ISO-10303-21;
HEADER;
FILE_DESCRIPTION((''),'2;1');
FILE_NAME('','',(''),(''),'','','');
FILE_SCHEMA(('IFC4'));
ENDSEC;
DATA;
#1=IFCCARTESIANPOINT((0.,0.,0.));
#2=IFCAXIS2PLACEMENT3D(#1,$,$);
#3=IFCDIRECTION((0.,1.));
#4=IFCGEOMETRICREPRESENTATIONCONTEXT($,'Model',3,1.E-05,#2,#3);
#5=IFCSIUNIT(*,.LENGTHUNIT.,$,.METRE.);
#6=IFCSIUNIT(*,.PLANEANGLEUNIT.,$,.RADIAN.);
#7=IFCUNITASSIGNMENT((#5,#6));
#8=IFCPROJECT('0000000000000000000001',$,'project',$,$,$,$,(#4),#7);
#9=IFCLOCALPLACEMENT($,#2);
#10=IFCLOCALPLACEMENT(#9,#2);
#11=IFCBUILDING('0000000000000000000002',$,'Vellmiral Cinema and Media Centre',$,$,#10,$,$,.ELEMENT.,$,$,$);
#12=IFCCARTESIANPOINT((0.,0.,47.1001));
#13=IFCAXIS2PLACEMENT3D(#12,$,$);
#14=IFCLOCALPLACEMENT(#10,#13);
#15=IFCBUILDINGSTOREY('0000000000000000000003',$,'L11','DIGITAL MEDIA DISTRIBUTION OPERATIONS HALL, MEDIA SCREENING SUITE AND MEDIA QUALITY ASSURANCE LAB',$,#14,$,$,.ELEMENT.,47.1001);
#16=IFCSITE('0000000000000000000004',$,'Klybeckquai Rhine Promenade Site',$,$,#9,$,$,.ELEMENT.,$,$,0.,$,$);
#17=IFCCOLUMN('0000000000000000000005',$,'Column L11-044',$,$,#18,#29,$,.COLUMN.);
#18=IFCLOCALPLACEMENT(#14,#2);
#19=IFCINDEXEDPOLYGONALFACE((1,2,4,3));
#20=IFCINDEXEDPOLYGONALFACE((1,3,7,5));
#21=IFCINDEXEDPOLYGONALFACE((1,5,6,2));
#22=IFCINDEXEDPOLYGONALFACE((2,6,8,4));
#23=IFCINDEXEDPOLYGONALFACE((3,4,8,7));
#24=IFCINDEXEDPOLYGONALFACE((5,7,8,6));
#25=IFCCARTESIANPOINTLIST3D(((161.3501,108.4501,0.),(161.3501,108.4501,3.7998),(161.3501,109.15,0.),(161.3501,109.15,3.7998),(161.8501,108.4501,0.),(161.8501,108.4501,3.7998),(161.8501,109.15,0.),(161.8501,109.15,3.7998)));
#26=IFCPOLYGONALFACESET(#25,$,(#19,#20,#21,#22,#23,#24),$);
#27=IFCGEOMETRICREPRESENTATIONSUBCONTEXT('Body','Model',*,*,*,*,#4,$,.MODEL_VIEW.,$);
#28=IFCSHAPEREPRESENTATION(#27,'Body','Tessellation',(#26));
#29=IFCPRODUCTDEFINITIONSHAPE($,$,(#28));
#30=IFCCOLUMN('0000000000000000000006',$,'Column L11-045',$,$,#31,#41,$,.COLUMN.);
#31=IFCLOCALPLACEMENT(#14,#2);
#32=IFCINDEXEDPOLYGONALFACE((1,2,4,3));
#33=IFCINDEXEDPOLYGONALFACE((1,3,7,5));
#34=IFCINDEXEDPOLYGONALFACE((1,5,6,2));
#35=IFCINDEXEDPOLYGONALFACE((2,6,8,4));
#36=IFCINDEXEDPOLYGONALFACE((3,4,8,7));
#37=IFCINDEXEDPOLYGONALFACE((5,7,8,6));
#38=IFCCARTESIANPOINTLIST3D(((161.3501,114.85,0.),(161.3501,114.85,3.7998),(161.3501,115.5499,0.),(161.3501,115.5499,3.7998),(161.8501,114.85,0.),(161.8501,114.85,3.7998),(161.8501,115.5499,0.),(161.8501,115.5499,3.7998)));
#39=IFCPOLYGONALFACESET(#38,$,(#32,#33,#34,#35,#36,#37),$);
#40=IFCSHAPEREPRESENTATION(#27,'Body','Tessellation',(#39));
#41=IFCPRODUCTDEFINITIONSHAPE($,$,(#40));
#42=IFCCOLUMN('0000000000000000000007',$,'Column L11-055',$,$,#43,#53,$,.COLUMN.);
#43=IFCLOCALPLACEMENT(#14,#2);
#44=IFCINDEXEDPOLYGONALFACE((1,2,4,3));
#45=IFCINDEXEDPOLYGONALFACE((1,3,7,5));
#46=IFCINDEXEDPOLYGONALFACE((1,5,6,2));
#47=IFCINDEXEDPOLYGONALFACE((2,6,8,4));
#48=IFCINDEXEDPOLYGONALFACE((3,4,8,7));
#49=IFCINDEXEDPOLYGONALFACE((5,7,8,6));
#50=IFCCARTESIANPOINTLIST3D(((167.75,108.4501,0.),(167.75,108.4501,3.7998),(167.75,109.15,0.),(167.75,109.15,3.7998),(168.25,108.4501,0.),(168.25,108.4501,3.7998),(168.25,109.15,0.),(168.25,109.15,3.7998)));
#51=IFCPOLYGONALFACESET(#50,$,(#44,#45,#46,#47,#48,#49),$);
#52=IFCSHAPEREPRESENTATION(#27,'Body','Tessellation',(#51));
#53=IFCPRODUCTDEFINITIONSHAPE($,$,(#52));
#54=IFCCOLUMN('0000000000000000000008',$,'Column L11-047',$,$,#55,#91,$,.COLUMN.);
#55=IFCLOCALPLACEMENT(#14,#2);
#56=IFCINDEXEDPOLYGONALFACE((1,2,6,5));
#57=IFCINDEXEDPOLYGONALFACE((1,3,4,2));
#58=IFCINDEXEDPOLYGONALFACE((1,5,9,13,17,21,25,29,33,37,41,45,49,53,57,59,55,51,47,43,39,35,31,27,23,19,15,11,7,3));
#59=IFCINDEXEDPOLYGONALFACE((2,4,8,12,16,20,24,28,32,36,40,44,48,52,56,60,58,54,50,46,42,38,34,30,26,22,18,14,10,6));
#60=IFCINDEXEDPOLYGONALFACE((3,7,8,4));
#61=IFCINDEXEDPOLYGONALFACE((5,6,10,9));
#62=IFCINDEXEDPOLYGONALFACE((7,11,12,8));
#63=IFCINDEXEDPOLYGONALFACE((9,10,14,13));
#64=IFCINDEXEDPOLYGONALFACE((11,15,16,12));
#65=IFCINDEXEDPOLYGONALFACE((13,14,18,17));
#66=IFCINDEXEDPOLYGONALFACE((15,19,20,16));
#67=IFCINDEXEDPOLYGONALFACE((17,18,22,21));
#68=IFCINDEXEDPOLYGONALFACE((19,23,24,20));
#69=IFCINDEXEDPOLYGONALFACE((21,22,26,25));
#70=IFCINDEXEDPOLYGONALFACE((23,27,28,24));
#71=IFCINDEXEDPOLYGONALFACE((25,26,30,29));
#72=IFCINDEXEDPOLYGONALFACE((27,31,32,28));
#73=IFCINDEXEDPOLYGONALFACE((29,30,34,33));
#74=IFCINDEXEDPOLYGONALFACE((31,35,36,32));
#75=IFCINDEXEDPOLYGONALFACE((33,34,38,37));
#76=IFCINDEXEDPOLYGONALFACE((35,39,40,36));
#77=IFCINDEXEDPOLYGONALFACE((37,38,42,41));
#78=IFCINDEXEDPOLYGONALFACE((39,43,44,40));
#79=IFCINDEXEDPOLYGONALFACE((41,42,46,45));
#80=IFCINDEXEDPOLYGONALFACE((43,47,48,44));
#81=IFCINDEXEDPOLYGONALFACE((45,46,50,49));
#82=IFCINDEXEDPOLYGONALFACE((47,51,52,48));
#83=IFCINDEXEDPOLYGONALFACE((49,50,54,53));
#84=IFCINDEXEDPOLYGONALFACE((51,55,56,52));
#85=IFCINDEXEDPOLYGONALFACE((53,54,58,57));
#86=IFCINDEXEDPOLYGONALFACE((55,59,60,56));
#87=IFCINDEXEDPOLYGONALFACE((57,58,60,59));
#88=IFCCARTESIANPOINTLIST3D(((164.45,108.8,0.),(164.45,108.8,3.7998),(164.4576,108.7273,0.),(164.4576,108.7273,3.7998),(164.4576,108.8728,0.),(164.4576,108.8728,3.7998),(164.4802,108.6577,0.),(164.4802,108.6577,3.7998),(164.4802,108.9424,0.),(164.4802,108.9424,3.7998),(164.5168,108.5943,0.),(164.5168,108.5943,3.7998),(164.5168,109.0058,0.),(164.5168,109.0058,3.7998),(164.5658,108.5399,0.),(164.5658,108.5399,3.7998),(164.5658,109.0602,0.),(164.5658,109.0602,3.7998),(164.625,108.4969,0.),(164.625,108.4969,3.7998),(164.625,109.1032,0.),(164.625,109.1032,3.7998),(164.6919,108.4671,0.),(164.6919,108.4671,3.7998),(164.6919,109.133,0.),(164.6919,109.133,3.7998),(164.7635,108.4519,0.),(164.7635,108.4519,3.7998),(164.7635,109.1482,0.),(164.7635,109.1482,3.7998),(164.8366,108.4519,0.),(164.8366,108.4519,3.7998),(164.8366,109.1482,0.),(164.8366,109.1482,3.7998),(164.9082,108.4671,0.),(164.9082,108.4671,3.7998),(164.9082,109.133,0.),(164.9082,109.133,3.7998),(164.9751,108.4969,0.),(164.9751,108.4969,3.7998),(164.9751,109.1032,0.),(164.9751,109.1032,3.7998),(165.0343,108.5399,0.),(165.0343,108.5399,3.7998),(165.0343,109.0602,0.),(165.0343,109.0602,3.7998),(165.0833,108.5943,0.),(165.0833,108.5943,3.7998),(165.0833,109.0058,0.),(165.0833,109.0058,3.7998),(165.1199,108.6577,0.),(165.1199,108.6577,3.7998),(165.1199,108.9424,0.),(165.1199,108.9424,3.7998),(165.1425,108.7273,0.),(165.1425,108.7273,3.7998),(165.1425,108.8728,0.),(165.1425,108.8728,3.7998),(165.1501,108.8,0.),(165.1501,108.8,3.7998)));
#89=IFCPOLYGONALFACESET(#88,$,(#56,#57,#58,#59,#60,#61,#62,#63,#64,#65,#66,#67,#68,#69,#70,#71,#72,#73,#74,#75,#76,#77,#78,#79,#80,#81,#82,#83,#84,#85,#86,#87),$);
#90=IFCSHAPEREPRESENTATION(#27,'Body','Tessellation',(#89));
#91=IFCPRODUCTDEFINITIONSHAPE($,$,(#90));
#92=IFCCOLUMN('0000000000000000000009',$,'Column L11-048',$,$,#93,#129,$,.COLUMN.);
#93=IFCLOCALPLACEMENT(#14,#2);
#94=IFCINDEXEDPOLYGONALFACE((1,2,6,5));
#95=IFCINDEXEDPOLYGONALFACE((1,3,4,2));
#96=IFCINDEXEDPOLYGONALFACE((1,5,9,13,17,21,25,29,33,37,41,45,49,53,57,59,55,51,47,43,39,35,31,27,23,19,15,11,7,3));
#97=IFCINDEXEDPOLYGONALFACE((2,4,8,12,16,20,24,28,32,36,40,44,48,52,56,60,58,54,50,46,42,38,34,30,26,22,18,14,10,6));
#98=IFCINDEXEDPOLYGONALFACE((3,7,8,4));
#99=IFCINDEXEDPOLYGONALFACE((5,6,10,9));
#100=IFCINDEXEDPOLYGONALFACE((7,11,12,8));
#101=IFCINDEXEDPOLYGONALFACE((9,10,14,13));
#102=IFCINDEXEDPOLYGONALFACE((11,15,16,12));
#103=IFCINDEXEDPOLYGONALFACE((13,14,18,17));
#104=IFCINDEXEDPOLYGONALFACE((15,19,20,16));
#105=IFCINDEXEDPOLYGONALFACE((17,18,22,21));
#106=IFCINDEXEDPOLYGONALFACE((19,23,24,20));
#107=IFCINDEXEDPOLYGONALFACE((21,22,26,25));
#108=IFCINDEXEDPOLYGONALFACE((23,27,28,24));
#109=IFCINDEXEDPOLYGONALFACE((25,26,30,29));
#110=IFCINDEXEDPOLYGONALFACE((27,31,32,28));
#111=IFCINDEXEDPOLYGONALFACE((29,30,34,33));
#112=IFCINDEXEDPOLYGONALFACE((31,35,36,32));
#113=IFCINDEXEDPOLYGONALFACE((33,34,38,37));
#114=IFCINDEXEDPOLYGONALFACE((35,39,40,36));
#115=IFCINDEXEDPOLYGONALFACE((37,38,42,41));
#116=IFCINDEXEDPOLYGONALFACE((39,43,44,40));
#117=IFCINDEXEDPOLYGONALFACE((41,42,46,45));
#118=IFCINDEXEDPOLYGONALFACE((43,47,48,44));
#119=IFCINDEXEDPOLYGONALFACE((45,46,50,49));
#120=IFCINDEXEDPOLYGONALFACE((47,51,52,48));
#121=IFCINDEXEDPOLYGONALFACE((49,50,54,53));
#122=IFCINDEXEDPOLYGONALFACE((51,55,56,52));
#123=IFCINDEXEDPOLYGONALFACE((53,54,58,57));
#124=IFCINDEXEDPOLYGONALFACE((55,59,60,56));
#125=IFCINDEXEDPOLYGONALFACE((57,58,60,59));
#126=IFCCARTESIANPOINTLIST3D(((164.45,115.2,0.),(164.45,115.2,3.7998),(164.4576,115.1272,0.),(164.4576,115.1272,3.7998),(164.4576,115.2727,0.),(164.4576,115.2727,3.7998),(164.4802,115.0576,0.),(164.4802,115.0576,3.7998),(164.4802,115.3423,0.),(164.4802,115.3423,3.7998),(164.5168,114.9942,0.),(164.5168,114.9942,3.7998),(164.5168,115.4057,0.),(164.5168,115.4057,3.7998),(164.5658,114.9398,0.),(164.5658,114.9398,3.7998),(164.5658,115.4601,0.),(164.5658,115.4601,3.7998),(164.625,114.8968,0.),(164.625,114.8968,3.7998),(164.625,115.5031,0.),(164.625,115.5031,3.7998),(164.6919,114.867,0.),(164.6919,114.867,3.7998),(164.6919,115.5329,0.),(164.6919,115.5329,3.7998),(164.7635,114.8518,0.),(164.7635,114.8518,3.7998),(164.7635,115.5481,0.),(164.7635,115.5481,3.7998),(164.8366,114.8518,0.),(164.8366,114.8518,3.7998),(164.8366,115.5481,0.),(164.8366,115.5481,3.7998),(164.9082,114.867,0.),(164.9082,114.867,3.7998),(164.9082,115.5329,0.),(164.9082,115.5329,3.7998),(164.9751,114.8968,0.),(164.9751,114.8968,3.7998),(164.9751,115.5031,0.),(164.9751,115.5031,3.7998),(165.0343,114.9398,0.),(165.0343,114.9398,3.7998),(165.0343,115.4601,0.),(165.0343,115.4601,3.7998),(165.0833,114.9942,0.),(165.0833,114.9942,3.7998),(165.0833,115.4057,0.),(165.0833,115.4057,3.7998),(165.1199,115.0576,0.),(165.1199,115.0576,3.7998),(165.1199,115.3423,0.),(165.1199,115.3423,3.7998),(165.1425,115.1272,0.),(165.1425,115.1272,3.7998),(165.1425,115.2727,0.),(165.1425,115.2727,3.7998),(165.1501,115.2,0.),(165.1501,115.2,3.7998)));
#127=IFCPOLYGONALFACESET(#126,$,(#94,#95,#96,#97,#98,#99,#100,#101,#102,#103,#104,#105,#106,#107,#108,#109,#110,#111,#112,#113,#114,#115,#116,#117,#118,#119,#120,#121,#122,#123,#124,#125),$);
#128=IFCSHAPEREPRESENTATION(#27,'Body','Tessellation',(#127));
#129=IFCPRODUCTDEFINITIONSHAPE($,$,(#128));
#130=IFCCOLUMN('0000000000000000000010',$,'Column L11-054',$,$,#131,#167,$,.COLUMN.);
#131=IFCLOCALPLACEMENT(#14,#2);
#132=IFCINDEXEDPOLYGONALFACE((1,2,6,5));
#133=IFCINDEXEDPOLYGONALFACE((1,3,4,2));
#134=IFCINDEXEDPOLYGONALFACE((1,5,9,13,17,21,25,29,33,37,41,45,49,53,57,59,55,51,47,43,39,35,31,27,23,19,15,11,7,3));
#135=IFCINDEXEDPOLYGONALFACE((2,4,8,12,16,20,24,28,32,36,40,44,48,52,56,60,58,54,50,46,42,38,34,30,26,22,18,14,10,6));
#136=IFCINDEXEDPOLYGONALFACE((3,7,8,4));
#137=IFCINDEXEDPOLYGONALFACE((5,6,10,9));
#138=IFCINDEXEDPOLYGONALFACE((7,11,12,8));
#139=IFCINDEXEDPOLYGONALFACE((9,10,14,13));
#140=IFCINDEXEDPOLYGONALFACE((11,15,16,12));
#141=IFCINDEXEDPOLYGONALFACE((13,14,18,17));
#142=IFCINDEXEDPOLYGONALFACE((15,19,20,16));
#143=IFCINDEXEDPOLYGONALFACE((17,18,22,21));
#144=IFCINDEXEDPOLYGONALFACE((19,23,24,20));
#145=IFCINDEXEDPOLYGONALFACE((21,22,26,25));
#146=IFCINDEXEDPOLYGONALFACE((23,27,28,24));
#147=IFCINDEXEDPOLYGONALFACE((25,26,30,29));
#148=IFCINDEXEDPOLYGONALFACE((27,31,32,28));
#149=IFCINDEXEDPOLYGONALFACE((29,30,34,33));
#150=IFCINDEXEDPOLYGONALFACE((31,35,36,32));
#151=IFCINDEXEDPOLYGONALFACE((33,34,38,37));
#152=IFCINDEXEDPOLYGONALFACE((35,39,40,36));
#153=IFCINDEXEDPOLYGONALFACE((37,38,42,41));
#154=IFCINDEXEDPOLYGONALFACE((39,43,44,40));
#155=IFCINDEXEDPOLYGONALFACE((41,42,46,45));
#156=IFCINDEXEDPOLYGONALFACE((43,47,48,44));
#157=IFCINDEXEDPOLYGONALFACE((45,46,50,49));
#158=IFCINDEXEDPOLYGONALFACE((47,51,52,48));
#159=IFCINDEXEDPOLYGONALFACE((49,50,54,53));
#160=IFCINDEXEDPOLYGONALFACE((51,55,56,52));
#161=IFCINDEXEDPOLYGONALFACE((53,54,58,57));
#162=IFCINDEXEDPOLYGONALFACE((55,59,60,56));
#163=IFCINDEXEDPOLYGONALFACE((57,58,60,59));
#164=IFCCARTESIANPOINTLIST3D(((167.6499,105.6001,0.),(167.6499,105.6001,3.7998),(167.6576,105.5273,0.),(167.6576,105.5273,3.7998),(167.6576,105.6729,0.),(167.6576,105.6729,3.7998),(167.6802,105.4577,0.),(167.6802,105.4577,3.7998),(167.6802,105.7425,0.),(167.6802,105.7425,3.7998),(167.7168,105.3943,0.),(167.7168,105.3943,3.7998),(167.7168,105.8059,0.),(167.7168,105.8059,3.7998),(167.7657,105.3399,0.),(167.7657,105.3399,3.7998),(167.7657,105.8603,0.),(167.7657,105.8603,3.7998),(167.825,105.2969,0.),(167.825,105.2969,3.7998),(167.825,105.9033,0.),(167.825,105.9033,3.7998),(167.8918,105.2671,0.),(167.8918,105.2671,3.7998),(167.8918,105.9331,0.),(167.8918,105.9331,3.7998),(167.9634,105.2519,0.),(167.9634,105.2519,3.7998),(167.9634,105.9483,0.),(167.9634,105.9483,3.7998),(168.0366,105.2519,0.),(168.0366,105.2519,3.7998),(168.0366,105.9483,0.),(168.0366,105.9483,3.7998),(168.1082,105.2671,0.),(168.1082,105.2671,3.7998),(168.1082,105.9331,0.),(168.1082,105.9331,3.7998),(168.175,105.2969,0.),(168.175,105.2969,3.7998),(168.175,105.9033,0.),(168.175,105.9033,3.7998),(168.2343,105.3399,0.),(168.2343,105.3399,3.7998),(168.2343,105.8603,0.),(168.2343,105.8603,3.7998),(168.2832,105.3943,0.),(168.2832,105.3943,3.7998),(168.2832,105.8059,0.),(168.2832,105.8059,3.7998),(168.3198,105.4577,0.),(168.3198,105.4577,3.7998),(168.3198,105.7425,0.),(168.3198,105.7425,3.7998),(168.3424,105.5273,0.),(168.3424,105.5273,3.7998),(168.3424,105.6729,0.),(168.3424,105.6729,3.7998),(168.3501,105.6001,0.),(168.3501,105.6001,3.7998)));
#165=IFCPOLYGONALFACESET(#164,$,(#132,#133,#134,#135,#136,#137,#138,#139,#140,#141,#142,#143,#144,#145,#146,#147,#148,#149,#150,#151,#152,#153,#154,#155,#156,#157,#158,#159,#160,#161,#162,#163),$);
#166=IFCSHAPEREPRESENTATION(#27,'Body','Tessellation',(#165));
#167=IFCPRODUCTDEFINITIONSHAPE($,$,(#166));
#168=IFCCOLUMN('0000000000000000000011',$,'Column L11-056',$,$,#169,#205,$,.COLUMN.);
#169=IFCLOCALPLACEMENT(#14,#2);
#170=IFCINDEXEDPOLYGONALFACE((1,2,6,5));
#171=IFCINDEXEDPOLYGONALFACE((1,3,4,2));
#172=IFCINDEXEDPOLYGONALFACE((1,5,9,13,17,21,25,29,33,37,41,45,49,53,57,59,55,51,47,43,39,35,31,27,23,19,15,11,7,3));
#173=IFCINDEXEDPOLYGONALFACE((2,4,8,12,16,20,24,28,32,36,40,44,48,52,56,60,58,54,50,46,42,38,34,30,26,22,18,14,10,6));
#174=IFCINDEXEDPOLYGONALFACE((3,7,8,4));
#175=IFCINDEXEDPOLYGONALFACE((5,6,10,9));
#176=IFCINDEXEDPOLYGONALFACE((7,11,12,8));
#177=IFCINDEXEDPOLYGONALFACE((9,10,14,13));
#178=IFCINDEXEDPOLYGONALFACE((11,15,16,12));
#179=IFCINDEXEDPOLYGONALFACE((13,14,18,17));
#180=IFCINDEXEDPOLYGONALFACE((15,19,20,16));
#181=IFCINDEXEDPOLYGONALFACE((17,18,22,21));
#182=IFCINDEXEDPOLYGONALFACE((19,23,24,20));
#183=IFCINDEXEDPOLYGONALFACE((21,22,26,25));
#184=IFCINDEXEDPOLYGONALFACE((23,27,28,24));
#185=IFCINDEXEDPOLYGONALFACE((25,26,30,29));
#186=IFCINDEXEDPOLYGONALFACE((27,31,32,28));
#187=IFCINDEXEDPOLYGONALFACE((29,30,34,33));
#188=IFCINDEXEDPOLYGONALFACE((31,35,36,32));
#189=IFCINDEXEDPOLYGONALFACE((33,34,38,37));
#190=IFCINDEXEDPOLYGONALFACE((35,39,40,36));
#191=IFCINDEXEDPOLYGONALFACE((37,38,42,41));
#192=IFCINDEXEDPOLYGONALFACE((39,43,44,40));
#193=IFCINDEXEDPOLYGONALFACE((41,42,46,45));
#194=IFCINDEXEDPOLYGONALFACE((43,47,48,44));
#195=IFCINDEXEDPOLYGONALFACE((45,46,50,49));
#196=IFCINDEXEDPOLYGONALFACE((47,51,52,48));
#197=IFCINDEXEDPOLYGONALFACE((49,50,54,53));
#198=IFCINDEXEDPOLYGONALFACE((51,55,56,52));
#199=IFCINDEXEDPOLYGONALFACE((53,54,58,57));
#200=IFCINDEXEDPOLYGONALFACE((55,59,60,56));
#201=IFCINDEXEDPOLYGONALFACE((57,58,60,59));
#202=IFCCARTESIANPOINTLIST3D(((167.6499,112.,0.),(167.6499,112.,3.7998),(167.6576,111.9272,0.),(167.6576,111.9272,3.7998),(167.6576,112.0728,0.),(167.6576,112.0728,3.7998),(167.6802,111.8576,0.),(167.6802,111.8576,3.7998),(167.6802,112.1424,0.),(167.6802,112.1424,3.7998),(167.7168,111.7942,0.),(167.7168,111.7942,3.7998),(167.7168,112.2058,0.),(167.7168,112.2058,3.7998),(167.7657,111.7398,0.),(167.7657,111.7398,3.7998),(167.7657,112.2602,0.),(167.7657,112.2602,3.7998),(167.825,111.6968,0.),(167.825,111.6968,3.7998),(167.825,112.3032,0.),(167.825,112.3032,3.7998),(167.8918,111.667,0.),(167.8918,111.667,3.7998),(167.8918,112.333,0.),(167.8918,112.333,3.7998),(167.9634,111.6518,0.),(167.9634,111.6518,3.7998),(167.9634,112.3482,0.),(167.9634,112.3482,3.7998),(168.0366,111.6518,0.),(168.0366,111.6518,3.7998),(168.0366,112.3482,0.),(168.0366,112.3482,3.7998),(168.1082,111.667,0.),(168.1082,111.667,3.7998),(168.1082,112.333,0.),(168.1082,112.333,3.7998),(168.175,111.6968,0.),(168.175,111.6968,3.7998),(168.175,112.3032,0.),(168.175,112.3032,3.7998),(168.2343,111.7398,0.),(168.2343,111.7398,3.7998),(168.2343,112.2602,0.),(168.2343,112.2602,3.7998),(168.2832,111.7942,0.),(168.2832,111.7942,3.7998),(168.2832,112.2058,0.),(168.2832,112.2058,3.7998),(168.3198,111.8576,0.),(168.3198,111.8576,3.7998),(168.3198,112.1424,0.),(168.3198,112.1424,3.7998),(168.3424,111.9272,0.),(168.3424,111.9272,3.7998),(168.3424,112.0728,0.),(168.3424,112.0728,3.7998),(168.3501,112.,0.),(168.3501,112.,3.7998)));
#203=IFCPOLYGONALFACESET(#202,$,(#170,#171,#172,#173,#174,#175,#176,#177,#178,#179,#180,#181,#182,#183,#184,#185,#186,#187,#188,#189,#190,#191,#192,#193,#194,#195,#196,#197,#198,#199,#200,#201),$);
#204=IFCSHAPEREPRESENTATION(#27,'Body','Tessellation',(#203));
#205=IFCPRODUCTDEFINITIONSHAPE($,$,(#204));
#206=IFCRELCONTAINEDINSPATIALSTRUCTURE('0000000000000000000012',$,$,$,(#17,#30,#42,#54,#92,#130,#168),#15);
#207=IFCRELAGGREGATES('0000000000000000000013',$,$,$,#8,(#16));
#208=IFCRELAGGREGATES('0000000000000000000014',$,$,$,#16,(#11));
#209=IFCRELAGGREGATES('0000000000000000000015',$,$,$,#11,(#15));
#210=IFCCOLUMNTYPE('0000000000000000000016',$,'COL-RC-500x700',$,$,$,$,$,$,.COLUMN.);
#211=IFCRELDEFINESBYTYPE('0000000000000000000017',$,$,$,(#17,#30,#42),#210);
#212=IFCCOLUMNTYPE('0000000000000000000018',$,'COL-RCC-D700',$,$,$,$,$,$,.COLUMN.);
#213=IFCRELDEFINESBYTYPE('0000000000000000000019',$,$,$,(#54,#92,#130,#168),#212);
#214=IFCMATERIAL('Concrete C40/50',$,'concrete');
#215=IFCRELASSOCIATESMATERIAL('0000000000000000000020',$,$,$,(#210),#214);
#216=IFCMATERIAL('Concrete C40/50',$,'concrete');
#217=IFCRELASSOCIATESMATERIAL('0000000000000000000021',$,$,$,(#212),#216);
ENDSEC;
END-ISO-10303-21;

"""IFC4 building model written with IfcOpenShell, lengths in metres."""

from ifc_helpers import new_model, si_unit, direction, frame, origin, origin_2d, place, context, subcontext, project, spatial, rectangle, circle, extrude, material, material_profile, profile_set, type_object, element, save


model = new_model("IFC4")

# Units and contexts
model_context = context("Model", 3, precision=1e-05, world=origin(), true_north=direction((0.0, 1.0)))
body_context = subcontext(model_context, "Body", "Model", "MODEL_VIEW")
ifc_project = project(units=[si_unit("LENGTHUNIT", "METRE"), si_unit("PLANEANGLEUNIT", "RADIAN")], contexts=[model_context])

# Site, building, storey
site_placement = place(None, origin())
site = spatial("IfcSite", under=ifc_project, at=site_placement, Name="Klybeckquai Rhine Promenade Site", CompositionType="ELEMENT", RefElevation=0.0)
building_placement = place(site_placement, origin())
building = spatial("IfcBuilding", under=site, at=building_placement, Name="Vellmiral Cinema and Media Centre", CompositionType="ELEMENT")
storey_placement = place(building_placement, frame((0.0, 0.0, 47.1001)))
storey = spatial("IfcBuildingStorey", under=building, at=storey_placement, Name="L11", Description="DIGITAL MEDIA DISTRIBUTION OPERATIONS HALL, MEDIA SCREENING SUITE AND MEDIA QUALITY ASSURANCE LAB", CompositionType="ELEMENT", Elevation=47.1001)

# Columns
ifc_material_1 = material(Name="Concrete C40/50", Category="concrete")
ifc_material_profile_1 = material_profile(ifc_material_1, rectangle(XDim=0.5, YDim=0.7, at=origin_2d()), Name="RC 500x700")
ifc_profile_set_1 = profile_set([ifc_material_profile_1], Name="Concrete C40/50")
column_type_1 = type_object("IfcColumnType", Name="COL-RC-500x700", PredefinedType="COLUMN", material=ifc_profile_set_1)
for number, where, z_axis, x_axis, name in (
    (1, (161.6001, 108.8, 0.0), (0.0, 0.0, 1.0), (1.0, 0.0, 0.0), "Column L11-044"),
    (2, (161.6001, 115.2, 0.0), (0.0, 0.0, 1.0), (1.0, 0.0, 0.0), "Column L11-045"),
    (3, (168.0, 108.8, 0.0), (0.0, 0.0, 1.0), (1.0, 0.0, 0.0), "Column L11-055"),
):
    element("IfcColumn", number, at=place(storey_placement, frame(where, z_axis=z_axis, x_axis=x_axis)), inside=storey, type_object=column_type_1, Name=name, PredefinedType="COLUMN", context=body_context, shape_type="SweptSolid", body=[
        extrude(rectangle(XDim=0.5, YDim=0.7, at=origin_2d()), origin(), (0.0, 0.0, 1.0), 3.7998),
    ])
ifc_material_2 = material(Name="Concrete C40/50", Category="concrete")
ifc_material_profile_2 = material_profile(ifc_material_2, circle(Radius=0.3501, at=origin_2d()), Name="RC D700")
ifc_profile_set_2 = profile_set([ifc_material_profile_2], Name="Concrete C40/50")
column_type_2 = type_object("IfcColumnType", Name="COL-RCC-D700", PredefinedType="COLUMN", material=ifc_profile_set_2)
for number, where, z_axis, x_axis, name in (
    (4, (164.8, 108.8, 0.0), (0.0, 0.0, 1.0), (1.0, 0.0, 0.0), "Column L11-047"),
    (5, (164.8, 115.2, 0.0), (0.0, 0.0, 1.0), (1.0, 0.0, 0.0), "Column L11-048"),
    (6, (168.0, 105.6001, 0.0), (0.0, 0.0, 1.0), (1.0, 0.0, 0.0), "Column L11-054"),
    (7, (168.0, 112.0, 0.0), (0.0, 0.0, 1.0), (1.0, 0.0, 0.0), "Column L11-056"),
):
    element("IfcColumn", number, at=place(storey_placement, frame(where, z_axis=z_axis, x_axis=x_axis)), inside=storey, type_object=column_type_2, Name=name, PredefinedType="COLUMN", context=body_context, shape_type="SweptSolid", body=[
        extrude(circle(Radius=0.3501, at=origin_2d()), origin(), (0.0, 0.0, 1.0), 3.7998),
    ])

save(model, "model.ifc")
